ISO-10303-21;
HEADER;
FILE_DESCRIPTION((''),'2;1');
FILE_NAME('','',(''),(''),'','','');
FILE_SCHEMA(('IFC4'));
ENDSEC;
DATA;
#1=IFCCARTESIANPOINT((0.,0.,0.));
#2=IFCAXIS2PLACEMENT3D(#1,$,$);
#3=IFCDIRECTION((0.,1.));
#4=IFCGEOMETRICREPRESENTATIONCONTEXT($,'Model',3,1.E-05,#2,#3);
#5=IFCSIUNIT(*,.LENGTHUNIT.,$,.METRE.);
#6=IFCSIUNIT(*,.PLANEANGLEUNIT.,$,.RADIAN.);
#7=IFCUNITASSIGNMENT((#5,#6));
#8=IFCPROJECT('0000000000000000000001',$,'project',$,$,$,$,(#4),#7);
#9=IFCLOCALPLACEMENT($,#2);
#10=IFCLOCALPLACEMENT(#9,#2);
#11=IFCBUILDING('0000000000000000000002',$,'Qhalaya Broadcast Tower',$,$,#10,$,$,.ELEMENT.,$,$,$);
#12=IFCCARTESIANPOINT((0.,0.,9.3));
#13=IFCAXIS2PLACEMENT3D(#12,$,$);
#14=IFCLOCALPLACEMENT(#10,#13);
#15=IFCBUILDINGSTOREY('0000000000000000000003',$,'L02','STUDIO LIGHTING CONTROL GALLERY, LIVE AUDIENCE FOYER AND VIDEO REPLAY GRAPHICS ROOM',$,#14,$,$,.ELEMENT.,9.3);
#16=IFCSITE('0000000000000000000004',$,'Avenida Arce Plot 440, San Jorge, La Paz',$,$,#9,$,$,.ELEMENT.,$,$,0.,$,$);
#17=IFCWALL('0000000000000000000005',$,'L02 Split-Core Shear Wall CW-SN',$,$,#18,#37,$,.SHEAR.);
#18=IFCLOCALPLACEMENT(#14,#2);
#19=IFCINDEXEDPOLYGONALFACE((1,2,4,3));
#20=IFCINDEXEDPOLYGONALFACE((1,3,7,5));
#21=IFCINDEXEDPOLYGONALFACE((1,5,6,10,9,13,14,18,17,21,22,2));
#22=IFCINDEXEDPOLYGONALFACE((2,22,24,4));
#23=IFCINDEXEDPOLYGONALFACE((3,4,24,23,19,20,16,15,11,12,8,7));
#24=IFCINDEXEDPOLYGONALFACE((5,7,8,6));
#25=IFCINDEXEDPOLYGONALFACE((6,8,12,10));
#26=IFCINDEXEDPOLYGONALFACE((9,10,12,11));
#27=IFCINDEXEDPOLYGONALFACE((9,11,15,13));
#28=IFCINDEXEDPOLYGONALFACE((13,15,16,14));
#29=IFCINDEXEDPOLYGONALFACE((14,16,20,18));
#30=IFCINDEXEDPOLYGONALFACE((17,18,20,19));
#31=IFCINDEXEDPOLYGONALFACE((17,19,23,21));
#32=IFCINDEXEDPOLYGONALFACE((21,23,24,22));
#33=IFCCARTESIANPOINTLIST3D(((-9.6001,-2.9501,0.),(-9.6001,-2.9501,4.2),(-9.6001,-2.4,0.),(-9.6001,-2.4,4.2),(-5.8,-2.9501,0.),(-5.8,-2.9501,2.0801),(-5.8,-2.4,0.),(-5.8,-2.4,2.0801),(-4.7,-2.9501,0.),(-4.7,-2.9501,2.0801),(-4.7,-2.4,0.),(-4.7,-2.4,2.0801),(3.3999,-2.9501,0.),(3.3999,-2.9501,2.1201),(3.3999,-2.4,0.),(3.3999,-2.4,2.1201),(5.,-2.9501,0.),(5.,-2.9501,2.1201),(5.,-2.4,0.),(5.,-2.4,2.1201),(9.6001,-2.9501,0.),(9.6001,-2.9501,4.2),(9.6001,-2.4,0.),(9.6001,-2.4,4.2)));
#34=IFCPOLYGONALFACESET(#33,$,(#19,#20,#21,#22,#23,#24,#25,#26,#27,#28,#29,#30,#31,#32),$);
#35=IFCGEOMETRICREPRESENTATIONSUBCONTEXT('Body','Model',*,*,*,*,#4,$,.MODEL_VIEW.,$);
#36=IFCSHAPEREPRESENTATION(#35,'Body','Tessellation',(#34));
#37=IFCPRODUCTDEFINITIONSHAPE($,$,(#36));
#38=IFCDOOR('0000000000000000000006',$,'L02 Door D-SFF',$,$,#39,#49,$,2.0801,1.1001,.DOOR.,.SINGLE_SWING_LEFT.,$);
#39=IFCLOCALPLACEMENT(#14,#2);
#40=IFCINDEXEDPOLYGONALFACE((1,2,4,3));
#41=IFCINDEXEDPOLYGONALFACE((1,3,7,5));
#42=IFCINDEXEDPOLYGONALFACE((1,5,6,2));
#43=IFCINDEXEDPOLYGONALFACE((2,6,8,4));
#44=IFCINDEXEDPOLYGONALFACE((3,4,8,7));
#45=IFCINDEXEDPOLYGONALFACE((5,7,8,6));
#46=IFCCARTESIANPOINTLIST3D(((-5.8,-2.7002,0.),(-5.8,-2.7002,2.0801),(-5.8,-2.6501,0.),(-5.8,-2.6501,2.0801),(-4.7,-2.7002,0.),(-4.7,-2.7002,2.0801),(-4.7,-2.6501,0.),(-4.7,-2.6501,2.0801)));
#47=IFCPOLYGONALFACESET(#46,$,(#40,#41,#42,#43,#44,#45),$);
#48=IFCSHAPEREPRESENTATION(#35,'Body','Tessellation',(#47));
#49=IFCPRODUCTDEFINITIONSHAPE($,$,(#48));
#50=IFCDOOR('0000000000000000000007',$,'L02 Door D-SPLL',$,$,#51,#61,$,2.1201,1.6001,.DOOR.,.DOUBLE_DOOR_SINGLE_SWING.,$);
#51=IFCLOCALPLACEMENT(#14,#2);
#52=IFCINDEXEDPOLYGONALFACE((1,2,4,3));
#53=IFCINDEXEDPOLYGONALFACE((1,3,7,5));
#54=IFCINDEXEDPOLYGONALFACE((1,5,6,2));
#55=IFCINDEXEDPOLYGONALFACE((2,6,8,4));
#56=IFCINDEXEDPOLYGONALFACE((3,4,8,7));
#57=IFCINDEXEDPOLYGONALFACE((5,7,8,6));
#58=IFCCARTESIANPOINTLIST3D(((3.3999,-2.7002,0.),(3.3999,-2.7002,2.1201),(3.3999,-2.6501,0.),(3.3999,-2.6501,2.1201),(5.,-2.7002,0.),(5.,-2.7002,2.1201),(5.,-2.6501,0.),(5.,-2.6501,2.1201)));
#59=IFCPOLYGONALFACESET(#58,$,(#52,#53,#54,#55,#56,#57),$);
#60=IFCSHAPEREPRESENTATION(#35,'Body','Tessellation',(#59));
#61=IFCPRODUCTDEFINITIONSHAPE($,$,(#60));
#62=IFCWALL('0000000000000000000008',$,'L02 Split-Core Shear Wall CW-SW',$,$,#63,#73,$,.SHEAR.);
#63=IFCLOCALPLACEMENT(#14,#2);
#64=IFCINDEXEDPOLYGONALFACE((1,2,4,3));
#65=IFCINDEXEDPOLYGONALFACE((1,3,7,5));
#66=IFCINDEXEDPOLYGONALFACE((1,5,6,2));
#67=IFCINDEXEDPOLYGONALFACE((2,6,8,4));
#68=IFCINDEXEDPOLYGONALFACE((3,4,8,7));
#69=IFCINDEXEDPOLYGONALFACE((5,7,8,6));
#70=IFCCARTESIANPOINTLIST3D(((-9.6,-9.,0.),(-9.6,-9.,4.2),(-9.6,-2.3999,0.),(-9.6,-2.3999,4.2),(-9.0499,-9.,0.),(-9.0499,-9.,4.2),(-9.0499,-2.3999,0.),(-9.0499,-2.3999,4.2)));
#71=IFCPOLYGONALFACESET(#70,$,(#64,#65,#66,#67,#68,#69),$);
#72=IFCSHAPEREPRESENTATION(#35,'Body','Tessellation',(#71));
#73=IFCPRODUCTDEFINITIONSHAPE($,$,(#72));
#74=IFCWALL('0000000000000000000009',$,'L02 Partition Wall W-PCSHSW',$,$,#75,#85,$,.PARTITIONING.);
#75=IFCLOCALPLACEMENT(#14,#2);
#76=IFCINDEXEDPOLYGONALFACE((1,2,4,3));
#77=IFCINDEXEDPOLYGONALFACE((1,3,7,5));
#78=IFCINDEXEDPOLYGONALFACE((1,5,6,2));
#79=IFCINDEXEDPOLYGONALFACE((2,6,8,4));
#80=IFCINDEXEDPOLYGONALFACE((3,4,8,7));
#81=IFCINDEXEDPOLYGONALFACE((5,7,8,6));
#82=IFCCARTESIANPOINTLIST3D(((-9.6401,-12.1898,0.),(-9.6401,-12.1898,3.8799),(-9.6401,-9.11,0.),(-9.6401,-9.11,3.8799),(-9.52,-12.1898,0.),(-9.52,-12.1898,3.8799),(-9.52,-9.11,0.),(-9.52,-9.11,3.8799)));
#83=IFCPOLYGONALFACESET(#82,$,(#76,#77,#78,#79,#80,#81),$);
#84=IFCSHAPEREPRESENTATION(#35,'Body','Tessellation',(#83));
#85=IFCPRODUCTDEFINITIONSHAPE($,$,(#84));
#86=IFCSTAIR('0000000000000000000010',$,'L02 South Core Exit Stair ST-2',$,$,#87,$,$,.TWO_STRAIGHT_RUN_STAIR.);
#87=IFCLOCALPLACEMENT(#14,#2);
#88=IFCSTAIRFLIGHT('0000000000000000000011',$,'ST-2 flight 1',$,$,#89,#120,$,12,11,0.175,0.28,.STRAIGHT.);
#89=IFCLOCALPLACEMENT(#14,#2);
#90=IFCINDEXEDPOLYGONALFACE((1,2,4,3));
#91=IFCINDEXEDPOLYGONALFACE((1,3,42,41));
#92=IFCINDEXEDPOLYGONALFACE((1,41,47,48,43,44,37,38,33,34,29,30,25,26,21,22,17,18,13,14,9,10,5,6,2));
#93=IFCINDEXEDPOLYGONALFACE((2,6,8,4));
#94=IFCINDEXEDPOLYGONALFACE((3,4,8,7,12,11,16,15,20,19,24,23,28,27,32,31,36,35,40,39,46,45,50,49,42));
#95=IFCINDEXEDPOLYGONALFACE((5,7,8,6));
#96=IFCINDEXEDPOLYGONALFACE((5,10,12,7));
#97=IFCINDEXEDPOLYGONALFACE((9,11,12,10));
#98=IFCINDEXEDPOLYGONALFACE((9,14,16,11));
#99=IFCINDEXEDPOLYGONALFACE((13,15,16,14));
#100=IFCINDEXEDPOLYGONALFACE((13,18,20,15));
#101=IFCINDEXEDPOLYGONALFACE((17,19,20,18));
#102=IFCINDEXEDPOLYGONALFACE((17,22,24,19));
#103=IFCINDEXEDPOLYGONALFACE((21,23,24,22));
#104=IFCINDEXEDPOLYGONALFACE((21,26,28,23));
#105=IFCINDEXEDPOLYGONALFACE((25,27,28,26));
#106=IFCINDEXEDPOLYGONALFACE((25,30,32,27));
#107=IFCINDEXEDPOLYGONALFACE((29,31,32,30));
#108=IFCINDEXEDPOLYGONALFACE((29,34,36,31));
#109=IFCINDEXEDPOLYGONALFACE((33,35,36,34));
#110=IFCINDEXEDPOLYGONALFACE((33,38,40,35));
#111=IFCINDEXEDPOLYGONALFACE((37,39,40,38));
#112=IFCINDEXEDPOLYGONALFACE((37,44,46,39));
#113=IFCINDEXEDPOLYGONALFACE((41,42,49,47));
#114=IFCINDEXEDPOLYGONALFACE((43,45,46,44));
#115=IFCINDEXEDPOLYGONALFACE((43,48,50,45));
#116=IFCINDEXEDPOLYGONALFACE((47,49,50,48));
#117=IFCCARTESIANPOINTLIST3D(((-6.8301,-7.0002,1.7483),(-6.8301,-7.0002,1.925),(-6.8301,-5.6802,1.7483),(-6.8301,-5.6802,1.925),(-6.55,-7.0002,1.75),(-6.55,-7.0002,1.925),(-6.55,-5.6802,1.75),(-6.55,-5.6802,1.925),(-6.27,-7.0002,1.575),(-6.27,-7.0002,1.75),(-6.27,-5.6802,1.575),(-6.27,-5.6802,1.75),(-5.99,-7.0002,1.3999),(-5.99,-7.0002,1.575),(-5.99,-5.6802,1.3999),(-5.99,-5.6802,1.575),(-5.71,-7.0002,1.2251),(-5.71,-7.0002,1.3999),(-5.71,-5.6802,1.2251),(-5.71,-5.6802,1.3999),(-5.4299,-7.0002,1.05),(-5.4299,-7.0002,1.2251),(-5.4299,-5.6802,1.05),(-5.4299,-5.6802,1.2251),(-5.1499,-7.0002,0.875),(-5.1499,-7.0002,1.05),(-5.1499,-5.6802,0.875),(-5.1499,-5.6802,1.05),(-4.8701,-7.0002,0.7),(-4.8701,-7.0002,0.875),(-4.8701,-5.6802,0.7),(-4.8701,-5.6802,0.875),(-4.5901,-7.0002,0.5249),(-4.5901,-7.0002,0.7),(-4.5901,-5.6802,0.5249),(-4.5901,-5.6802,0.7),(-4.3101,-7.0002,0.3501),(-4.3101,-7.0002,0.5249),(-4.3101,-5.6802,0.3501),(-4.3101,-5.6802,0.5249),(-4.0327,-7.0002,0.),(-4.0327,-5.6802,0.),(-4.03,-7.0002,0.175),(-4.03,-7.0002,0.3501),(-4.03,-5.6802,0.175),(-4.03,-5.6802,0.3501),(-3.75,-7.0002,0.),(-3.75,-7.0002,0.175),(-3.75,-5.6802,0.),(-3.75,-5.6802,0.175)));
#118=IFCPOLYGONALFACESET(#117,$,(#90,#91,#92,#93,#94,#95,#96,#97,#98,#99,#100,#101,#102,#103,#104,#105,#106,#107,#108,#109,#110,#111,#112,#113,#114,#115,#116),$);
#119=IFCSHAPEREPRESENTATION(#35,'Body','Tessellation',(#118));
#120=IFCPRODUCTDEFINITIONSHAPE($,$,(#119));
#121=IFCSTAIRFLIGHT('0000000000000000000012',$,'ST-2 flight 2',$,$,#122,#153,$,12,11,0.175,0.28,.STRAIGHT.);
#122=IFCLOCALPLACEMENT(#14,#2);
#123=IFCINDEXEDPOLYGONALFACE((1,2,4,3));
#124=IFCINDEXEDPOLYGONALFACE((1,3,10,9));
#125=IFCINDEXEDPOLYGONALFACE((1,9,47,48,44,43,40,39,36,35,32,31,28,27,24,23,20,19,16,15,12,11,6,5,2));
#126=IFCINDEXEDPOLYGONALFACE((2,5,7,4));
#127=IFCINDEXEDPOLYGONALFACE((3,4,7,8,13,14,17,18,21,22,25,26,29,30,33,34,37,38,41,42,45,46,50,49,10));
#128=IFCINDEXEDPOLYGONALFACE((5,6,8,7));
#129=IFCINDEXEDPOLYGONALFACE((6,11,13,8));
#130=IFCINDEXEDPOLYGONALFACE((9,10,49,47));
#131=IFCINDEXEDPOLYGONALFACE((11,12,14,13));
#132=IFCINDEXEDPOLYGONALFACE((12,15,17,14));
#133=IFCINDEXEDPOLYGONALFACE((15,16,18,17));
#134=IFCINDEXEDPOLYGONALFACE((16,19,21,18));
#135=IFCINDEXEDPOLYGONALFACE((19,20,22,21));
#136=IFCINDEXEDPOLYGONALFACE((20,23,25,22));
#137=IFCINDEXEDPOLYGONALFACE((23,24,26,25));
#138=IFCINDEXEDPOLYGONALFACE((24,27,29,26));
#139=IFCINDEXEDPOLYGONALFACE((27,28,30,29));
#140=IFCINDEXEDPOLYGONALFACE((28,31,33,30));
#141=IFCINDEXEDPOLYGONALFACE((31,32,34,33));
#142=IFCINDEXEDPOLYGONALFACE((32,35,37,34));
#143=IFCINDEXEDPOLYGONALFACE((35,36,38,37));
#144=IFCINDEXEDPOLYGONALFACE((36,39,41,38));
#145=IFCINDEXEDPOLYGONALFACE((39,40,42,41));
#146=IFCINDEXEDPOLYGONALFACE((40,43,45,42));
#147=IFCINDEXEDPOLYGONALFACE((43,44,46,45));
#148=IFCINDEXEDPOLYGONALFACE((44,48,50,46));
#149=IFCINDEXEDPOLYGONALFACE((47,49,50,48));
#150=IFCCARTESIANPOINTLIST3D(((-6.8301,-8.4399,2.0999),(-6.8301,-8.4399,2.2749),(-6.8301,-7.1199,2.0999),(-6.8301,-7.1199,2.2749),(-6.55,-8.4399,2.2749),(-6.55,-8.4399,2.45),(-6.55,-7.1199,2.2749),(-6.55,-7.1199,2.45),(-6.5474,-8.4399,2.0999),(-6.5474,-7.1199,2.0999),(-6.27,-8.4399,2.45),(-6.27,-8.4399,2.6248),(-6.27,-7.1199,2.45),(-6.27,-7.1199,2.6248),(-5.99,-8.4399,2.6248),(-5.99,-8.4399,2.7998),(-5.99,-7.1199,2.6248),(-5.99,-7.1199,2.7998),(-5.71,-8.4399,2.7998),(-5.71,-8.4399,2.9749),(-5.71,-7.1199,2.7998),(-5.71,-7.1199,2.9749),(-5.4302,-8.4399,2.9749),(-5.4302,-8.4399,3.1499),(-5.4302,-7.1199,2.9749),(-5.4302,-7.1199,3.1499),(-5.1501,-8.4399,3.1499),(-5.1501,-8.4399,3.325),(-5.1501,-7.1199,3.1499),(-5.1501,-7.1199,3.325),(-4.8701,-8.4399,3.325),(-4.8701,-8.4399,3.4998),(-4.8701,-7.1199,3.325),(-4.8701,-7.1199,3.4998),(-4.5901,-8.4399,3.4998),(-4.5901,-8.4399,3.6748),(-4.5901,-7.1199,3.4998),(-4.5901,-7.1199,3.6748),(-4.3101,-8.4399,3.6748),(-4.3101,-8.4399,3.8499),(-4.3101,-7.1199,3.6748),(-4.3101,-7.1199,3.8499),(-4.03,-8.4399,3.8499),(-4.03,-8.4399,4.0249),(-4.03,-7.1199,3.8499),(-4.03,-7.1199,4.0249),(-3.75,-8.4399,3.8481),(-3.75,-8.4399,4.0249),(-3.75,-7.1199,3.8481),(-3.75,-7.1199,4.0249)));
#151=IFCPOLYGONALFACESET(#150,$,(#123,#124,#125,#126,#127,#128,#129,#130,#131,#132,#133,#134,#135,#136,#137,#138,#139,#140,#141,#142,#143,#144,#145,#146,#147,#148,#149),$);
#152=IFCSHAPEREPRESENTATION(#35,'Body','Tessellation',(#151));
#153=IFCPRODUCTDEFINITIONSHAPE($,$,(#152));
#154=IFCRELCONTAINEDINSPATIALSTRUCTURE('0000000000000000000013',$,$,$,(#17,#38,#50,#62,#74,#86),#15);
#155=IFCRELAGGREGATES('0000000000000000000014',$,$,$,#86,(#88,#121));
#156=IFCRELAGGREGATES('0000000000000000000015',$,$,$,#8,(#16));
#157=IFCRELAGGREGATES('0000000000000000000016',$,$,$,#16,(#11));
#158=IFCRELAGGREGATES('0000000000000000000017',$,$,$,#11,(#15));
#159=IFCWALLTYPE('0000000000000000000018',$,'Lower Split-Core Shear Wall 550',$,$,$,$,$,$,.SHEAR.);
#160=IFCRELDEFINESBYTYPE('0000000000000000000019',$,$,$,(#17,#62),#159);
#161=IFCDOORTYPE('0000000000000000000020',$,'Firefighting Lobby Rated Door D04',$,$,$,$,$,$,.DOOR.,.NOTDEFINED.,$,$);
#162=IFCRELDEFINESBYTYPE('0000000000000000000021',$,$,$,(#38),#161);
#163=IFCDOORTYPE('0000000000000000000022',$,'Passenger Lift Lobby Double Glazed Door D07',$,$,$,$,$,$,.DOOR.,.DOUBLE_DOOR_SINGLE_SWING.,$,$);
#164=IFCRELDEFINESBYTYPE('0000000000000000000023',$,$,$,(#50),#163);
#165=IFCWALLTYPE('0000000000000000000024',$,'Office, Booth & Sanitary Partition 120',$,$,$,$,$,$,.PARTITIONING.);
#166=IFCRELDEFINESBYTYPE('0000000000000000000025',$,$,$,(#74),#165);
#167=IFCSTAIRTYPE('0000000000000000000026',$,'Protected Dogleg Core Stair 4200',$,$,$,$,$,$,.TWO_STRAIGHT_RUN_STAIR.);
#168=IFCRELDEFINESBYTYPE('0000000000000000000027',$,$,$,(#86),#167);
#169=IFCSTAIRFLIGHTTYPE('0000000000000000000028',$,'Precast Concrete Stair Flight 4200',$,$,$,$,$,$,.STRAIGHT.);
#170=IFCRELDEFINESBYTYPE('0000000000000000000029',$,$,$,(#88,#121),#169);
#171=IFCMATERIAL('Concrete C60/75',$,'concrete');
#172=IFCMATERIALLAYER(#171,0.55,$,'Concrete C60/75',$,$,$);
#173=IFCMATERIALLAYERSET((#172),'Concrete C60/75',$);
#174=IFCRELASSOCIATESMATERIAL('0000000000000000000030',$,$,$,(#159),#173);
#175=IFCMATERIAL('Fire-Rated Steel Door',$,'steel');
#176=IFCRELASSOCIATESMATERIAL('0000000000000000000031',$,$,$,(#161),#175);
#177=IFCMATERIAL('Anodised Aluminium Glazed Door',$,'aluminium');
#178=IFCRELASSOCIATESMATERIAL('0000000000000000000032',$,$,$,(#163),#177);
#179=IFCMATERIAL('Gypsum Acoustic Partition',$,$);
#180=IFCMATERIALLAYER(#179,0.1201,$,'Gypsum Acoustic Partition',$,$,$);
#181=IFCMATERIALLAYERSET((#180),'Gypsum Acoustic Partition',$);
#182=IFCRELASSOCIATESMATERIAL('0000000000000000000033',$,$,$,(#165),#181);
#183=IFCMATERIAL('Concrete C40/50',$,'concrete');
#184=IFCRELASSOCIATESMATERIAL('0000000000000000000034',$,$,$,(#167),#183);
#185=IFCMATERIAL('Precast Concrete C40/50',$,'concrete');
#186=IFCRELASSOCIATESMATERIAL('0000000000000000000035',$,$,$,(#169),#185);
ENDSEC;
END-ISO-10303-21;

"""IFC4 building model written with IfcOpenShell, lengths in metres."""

from ifc_helpers import new_model, si_unit, direction, frame, frame_2d, origin, place, context, subcontext, project, spatial, polyline, rectangle, outline, extrude, material, layer, layer_set, type_object, element, fill, aggregate, save


model = new_model("IFC4")

# Units and contexts
model_context = context("Model", 3, precision=1e-05, world=origin(), true_north=direction((0.0, 1.0)))
body_context = subcontext(model_context, "Body", "Model", "MODEL_VIEW")
ifc_project = project(units=[si_unit("LENGTHUNIT", "METRE"), si_unit("PLANEANGLEUNIT", "RADIAN")], contexts=[model_context])

# Site, building, storey
site_placement = place(None, origin())
site = spatial("IfcSite", under=ifc_project, at=site_placement, Name="Avenida Arce Plot 440, San Jorge, La Paz", CompositionType="ELEMENT", RefElevation=0.0)
building_placement = place(site_placement, origin())
building = spatial("IfcBuilding", under=site, at=building_placement, Name="Qhalaya Broadcast Tower", CompositionType="ELEMENT")
storey_placement = place(building_placement, frame((0.0, 0.0, 9.3)))
storey = spatial("IfcBuildingStorey", under=building, at=storey_placement, Name="L02", Description="STUDIO LIGHTING CONTROL GALLERY, LIVE AUDIENCE FOYER AND VIDEO REPLAY GRAPHICS ROOM", CompositionType="ELEMENT", Elevation=9.3)

# Shared definitions
ifc_material_1 = material(Name="Fire-Rated Steel Door", Category="steel")

# Shared definitions
ifc_material_2 = material(Name="Concrete C60/75", Category="concrete")
ifc_layer_1 = layer(ifc_material_2, 0.55, Name="Concrete C60/75")
ifc_layer_set_1 = layer_set([ifc_layer_1], Name="Concrete C60/75")
wall_type_1 = type_object("IfcWallType", Name="Lower Split-Core Shear Wall 550", PredefinedType="SHEAR", material=ifc_layer_set_1)

# Wall, openings, doors
wall_1_placement = place(storey_placement, frame((-9.6001, -2.675, 0.0), z_axis=(0.0, 0.0, 1.0), x_axis=(1.0, 0.0, 0.0)))
wall_1 = element("IfcWall", 1, at=wall_1_placement, inside=storey, type_object=wall_type_1, Name="L02 Split-Core Shear Wall CW-SN", PredefinedType="SHEAR", context=body_context, shape_type="SweptSolid", body=[
    extrude(rectangle(XDim=19.2002, YDim=0.55, at=frame_2d((9.6001, 0.0))), origin(), (0.0, 0.0, 1.0), 4.2),
])
opening_1_placement = place(wall_1_placement, frame((3.8, 0.0, 0.0)))
opening_1 = element("IfcOpeningElement", 2, at=opening_1_placement, cuts=wall_1, PredefinedType="OPENING", context=body_context, shape_type="SweptSolid", body=[
    extrude(rectangle(XDim=1.1001, YDim=2.0801, at=frame_2d((0.55, 1.04))), frame((0.0, 0.2871, 0.0), z_axis=(0.0, -1.0, 0.0), x_axis=(1.0, 0.0, 0.0)), (0.0, 0.0, 1.0), 0.574),
])
opening_2_placement = place(wall_1_placement, frame((13.0, 0.0, 0.0)))
opening_2 = element("IfcOpeningElement", 3, at=opening_2_placement, cuts=wall_1, PredefinedType="OPENING", context=body_context, shape_type="SweptSolid", body=[
    extrude(rectangle(XDim=1.6001, YDim=2.1201, at=frame_2d((0.8, 1.0601))), frame((0.0, 0.2871, 0.0), z_axis=(0.0, -1.0, 0.0), x_axis=(1.0, 0.0, 0.0)), (0.0, 0.0, 1.0), 0.574),
])
door_type_1 = type_object("IfcDoorType", Name="Firefighting Lobby Rated Door D04", OperationType="NOTDEFINED", PredefinedType="DOOR", material=ifc_material_1)
door_1_placement = place(opening_1_placement, origin())
door_1 = element("IfcDoor", 4, at=door_1_placement, inside=storey, type_object=door_type_1, Name="L02 Door D-SFF", OperationType="SINGLE_SWING_LEFT", OverallHeight=2.0801, OverallWidth=1.1001, PredefinedType="DOOR", context=body_context, shape_type="SweptSolid", body=[
    extrude(rectangle(XDim=1.1001, YDim=2.0801, at=frame_2d((0.55, 1.04))), frame((0.0, 0.0249, 0.0), z_axis=(0.0, -1.0, 0.0), x_axis=(1.0, 0.0, 0.0)), (0.0, 0.0, 1.0), 0.05),
])
fill(opening_1, door_1)
ifc_material_3 = material(Name="Anodised Aluminium Glazed Door", Category="aluminium")
door_type_2 = type_object("IfcDoorType", Name="Passenger Lift Lobby Double Glazed Door D07", OperationType="DOUBLE_DOOR_SINGLE_SWING", PredefinedType="DOOR", material=ifc_material_3)
door_2_placement = place(opening_2_placement, origin())
door_2 = element("IfcDoor", 5, at=door_2_placement, inside=storey, type_object=door_type_2, Name="L02 Door D-SPLL", OperationType="DOUBLE_DOOR_SINGLE_SWING", OverallHeight=2.1201, OverallWidth=1.6001, PredefinedType="DOOR", context=body_context, shape_type="SweptSolid", body=[
    extrude(rectangle(XDim=1.6001, YDim=2.1201, at=frame_2d((0.8, 1.0601))), frame((0.0, 0.0249, 0.0), z_axis=(0.0, -1.0, 0.0), x_axis=(1.0, 0.0, 0.0)), (0.0, 0.0, 1.0), 0.05),
])
fill(opening_2, door_2)

# Walls
wall_2_placement = place(storey_placement, frame((-9.325, -9.0, 0.0), z_axis=(0.0, 0.0, 1.0), x_axis=(0.0, 1.0, 0.0)))
element("IfcWall", 6, at=wall_2_placement, inside=storey, type_object=wall_type_1, Name="L02 Split-Core Shear Wall CW-SW", PredefinedType="SHEAR", context=body_context, shape_type="SweptSolid", body=[
    extrude(rectangle(XDim=6.6001, YDim=0.55, at=frame_2d((3.3, 0.0))), origin(), (0.0, 0.0, 1.0), 4.2),
])
ifc_material_4 = material(Name="Gypsum Acoustic Partition")
ifc_layer_2 = layer(ifc_material_4, 0.1201, Name="Gypsum Acoustic Partition")
ifc_layer_set_2 = layer_set([ifc_layer_2], Name="Gypsum Acoustic Partition")
wall_type_2 = type_object("IfcWallType", Name="Office, Booth & Sanitary Partition 120", PredefinedType="PARTITIONING", material=ifc_layer_set_2)
wall_3_placement = place(storey_placement, frame((-9.5801, -12.1899, 0.0), z_axis=(0.0, 0.0, 1.0), x_axis=(0.0, 1.0, 0.0)))
element("IfcWall", 7, at=wall_3_placement, inside=storey, type_object=wall_type_2, Name="L02 Partition Wall W-PCSHSW", PredefinedType="PARTITIONING", context=body_context, shape_type="SweptSolid", body=[
    extrude(rectangle(XDim=3.0798, YDim=0.1201, at=frame_2d((1.54, 0.0))), origin(), (0.0, 0.0, 1.0), 3.8799),
])

# Stair, stair flights
ifc_material_5 = material(Name="Concrete C40/50", Category="concrete")
stair_type = type_object("IfcStairType", Name="Protected Dogleg Core Stair 4200", PredefinedType="TWO_STRAIGHT_RUN_STAIR", material=ifc_material_5)
stair_placement = place(storey_placement, origin())
stair = element("IfcStair", 8, at=stair_placement, inside=storey, type_object=stair_type, Name="L02 South Core Exit Stair ST-2", PredefinedType="TWO_STRAIGHT_RUN_STAIR")
ifc_material_6 = material(Name="Precast Concrete C40/50", Category="concrete")
stair_flight_type = type_object("IfcStairFlightType", Name="Precast Concrete Stair Flight 4200", PredefinedType="STRAIGHT", material=ifc_material_6)
stair_flight_1_placement = place(storey_placement, frame((-3.75, -6.3401, 0.0), z_axis=(0.0, 0.0, 1.0), x_axis=(-1.0, 0.0, 0.0)))
stair_flight_1 = element("IfcStairFlight", 9, at=stair_flight_1_placement, type_object=stair_flight_type, Name="ST-2 flight 1", NumberOfRisers=12, NumberOfTreads=11, PredefinedType="STRAIGHT", RiserHeight=0.175, TreadLength=0.28, context=body_context, shape_type="SweptSolid", body=[
    extrude(outline(polyline([(0.0, 0.0), (0.0, 0.175), (0.28, 0.175), (0.28, 0.3501), (0.5601, 0.3501), (0.5601, 0.5249), (0.8401, 0.5249), (0.8401, 0.7), (1.1201, 0.7), (1.1201, 0.875), (1.3999, 0.875), (1.3999, 1.05), (1.6799, 1.05), (1.6799, 1.2251), (1.96, 1.2251), (1.96, 1.3999), (2.24, 1.3999), (2.24, 1.575), (2.52, 1.575), (2.52, 1.75), (2.8, 1.75), (2.8, 1.925), (3.0801, 1.925), (3.0801, 2.1001), (3.0801, 1.7483), (0.2827, 0.0), (0.0, 0.0)])), frame((0.0, 0.6602, 0.0), z_axis=(0.0, -1.0, 0.0), x_axis=(1.0, 0.0, 0.0)), (0.0, 0.0, 1.0), 1.3201),
])
stair_flight_2_placement = place(storey_placement, frame((-6.8301, -7.78, 2.0999), z_axis=(0.0, 0.0, 1.0), x_axis=(1.0, 0.0, 0.0)))
stair_flight_2 = element("IfcStairFlight", 10, at=stair_flight_2_placement, type_object=stair_flight_type, Name="ST-2 flight 2", NumberOfRisers=12, NumberOfTreads=11, PredefinedType="STRAIGHT", RiserHeight=0.175, TreadLength=0.28, context=body_context, shape_type="SweptSolid", body=[
    extrude(outline(polyline([(0.0, 0.0), (0.0, 0.175), (0.28, 0.175), (0.28, 0.3501), (0.5601, 0.3501), (0.5601, 0.5249), (0.8401, 0.5249), (0.8401, 0.7), (1.1201, 0.7), (1.1201, 0.875), (1.3999, 0.875), (1.3999, 1.05), (1.6799, 1.05), (1.6799, 1.2251), (1.96, 1.2251), (1.96, 1.3999), (2.24, 1.3999), (2.24, 1.575), (2.52, 1.575), (2.52, 1.75), (2.8, 1.75), (2.8, 1.925), (3.0801, 1.925), (3.0801, 2.1001), (3.0801, 1.7483), (0.2827, 0.0), (0.0, 0.0)])), frame((0.0, 0.6602, 0.0), z_axis=(0.0, -1.0, 0.0), x_axis=(1.0, 0.0, 0.0)), (0.0, 0.0, 1.0), 1.3201),
])
aggregate(stair, [stair_flight_1, stair_flight_2])

save(model, "model.ifc")
